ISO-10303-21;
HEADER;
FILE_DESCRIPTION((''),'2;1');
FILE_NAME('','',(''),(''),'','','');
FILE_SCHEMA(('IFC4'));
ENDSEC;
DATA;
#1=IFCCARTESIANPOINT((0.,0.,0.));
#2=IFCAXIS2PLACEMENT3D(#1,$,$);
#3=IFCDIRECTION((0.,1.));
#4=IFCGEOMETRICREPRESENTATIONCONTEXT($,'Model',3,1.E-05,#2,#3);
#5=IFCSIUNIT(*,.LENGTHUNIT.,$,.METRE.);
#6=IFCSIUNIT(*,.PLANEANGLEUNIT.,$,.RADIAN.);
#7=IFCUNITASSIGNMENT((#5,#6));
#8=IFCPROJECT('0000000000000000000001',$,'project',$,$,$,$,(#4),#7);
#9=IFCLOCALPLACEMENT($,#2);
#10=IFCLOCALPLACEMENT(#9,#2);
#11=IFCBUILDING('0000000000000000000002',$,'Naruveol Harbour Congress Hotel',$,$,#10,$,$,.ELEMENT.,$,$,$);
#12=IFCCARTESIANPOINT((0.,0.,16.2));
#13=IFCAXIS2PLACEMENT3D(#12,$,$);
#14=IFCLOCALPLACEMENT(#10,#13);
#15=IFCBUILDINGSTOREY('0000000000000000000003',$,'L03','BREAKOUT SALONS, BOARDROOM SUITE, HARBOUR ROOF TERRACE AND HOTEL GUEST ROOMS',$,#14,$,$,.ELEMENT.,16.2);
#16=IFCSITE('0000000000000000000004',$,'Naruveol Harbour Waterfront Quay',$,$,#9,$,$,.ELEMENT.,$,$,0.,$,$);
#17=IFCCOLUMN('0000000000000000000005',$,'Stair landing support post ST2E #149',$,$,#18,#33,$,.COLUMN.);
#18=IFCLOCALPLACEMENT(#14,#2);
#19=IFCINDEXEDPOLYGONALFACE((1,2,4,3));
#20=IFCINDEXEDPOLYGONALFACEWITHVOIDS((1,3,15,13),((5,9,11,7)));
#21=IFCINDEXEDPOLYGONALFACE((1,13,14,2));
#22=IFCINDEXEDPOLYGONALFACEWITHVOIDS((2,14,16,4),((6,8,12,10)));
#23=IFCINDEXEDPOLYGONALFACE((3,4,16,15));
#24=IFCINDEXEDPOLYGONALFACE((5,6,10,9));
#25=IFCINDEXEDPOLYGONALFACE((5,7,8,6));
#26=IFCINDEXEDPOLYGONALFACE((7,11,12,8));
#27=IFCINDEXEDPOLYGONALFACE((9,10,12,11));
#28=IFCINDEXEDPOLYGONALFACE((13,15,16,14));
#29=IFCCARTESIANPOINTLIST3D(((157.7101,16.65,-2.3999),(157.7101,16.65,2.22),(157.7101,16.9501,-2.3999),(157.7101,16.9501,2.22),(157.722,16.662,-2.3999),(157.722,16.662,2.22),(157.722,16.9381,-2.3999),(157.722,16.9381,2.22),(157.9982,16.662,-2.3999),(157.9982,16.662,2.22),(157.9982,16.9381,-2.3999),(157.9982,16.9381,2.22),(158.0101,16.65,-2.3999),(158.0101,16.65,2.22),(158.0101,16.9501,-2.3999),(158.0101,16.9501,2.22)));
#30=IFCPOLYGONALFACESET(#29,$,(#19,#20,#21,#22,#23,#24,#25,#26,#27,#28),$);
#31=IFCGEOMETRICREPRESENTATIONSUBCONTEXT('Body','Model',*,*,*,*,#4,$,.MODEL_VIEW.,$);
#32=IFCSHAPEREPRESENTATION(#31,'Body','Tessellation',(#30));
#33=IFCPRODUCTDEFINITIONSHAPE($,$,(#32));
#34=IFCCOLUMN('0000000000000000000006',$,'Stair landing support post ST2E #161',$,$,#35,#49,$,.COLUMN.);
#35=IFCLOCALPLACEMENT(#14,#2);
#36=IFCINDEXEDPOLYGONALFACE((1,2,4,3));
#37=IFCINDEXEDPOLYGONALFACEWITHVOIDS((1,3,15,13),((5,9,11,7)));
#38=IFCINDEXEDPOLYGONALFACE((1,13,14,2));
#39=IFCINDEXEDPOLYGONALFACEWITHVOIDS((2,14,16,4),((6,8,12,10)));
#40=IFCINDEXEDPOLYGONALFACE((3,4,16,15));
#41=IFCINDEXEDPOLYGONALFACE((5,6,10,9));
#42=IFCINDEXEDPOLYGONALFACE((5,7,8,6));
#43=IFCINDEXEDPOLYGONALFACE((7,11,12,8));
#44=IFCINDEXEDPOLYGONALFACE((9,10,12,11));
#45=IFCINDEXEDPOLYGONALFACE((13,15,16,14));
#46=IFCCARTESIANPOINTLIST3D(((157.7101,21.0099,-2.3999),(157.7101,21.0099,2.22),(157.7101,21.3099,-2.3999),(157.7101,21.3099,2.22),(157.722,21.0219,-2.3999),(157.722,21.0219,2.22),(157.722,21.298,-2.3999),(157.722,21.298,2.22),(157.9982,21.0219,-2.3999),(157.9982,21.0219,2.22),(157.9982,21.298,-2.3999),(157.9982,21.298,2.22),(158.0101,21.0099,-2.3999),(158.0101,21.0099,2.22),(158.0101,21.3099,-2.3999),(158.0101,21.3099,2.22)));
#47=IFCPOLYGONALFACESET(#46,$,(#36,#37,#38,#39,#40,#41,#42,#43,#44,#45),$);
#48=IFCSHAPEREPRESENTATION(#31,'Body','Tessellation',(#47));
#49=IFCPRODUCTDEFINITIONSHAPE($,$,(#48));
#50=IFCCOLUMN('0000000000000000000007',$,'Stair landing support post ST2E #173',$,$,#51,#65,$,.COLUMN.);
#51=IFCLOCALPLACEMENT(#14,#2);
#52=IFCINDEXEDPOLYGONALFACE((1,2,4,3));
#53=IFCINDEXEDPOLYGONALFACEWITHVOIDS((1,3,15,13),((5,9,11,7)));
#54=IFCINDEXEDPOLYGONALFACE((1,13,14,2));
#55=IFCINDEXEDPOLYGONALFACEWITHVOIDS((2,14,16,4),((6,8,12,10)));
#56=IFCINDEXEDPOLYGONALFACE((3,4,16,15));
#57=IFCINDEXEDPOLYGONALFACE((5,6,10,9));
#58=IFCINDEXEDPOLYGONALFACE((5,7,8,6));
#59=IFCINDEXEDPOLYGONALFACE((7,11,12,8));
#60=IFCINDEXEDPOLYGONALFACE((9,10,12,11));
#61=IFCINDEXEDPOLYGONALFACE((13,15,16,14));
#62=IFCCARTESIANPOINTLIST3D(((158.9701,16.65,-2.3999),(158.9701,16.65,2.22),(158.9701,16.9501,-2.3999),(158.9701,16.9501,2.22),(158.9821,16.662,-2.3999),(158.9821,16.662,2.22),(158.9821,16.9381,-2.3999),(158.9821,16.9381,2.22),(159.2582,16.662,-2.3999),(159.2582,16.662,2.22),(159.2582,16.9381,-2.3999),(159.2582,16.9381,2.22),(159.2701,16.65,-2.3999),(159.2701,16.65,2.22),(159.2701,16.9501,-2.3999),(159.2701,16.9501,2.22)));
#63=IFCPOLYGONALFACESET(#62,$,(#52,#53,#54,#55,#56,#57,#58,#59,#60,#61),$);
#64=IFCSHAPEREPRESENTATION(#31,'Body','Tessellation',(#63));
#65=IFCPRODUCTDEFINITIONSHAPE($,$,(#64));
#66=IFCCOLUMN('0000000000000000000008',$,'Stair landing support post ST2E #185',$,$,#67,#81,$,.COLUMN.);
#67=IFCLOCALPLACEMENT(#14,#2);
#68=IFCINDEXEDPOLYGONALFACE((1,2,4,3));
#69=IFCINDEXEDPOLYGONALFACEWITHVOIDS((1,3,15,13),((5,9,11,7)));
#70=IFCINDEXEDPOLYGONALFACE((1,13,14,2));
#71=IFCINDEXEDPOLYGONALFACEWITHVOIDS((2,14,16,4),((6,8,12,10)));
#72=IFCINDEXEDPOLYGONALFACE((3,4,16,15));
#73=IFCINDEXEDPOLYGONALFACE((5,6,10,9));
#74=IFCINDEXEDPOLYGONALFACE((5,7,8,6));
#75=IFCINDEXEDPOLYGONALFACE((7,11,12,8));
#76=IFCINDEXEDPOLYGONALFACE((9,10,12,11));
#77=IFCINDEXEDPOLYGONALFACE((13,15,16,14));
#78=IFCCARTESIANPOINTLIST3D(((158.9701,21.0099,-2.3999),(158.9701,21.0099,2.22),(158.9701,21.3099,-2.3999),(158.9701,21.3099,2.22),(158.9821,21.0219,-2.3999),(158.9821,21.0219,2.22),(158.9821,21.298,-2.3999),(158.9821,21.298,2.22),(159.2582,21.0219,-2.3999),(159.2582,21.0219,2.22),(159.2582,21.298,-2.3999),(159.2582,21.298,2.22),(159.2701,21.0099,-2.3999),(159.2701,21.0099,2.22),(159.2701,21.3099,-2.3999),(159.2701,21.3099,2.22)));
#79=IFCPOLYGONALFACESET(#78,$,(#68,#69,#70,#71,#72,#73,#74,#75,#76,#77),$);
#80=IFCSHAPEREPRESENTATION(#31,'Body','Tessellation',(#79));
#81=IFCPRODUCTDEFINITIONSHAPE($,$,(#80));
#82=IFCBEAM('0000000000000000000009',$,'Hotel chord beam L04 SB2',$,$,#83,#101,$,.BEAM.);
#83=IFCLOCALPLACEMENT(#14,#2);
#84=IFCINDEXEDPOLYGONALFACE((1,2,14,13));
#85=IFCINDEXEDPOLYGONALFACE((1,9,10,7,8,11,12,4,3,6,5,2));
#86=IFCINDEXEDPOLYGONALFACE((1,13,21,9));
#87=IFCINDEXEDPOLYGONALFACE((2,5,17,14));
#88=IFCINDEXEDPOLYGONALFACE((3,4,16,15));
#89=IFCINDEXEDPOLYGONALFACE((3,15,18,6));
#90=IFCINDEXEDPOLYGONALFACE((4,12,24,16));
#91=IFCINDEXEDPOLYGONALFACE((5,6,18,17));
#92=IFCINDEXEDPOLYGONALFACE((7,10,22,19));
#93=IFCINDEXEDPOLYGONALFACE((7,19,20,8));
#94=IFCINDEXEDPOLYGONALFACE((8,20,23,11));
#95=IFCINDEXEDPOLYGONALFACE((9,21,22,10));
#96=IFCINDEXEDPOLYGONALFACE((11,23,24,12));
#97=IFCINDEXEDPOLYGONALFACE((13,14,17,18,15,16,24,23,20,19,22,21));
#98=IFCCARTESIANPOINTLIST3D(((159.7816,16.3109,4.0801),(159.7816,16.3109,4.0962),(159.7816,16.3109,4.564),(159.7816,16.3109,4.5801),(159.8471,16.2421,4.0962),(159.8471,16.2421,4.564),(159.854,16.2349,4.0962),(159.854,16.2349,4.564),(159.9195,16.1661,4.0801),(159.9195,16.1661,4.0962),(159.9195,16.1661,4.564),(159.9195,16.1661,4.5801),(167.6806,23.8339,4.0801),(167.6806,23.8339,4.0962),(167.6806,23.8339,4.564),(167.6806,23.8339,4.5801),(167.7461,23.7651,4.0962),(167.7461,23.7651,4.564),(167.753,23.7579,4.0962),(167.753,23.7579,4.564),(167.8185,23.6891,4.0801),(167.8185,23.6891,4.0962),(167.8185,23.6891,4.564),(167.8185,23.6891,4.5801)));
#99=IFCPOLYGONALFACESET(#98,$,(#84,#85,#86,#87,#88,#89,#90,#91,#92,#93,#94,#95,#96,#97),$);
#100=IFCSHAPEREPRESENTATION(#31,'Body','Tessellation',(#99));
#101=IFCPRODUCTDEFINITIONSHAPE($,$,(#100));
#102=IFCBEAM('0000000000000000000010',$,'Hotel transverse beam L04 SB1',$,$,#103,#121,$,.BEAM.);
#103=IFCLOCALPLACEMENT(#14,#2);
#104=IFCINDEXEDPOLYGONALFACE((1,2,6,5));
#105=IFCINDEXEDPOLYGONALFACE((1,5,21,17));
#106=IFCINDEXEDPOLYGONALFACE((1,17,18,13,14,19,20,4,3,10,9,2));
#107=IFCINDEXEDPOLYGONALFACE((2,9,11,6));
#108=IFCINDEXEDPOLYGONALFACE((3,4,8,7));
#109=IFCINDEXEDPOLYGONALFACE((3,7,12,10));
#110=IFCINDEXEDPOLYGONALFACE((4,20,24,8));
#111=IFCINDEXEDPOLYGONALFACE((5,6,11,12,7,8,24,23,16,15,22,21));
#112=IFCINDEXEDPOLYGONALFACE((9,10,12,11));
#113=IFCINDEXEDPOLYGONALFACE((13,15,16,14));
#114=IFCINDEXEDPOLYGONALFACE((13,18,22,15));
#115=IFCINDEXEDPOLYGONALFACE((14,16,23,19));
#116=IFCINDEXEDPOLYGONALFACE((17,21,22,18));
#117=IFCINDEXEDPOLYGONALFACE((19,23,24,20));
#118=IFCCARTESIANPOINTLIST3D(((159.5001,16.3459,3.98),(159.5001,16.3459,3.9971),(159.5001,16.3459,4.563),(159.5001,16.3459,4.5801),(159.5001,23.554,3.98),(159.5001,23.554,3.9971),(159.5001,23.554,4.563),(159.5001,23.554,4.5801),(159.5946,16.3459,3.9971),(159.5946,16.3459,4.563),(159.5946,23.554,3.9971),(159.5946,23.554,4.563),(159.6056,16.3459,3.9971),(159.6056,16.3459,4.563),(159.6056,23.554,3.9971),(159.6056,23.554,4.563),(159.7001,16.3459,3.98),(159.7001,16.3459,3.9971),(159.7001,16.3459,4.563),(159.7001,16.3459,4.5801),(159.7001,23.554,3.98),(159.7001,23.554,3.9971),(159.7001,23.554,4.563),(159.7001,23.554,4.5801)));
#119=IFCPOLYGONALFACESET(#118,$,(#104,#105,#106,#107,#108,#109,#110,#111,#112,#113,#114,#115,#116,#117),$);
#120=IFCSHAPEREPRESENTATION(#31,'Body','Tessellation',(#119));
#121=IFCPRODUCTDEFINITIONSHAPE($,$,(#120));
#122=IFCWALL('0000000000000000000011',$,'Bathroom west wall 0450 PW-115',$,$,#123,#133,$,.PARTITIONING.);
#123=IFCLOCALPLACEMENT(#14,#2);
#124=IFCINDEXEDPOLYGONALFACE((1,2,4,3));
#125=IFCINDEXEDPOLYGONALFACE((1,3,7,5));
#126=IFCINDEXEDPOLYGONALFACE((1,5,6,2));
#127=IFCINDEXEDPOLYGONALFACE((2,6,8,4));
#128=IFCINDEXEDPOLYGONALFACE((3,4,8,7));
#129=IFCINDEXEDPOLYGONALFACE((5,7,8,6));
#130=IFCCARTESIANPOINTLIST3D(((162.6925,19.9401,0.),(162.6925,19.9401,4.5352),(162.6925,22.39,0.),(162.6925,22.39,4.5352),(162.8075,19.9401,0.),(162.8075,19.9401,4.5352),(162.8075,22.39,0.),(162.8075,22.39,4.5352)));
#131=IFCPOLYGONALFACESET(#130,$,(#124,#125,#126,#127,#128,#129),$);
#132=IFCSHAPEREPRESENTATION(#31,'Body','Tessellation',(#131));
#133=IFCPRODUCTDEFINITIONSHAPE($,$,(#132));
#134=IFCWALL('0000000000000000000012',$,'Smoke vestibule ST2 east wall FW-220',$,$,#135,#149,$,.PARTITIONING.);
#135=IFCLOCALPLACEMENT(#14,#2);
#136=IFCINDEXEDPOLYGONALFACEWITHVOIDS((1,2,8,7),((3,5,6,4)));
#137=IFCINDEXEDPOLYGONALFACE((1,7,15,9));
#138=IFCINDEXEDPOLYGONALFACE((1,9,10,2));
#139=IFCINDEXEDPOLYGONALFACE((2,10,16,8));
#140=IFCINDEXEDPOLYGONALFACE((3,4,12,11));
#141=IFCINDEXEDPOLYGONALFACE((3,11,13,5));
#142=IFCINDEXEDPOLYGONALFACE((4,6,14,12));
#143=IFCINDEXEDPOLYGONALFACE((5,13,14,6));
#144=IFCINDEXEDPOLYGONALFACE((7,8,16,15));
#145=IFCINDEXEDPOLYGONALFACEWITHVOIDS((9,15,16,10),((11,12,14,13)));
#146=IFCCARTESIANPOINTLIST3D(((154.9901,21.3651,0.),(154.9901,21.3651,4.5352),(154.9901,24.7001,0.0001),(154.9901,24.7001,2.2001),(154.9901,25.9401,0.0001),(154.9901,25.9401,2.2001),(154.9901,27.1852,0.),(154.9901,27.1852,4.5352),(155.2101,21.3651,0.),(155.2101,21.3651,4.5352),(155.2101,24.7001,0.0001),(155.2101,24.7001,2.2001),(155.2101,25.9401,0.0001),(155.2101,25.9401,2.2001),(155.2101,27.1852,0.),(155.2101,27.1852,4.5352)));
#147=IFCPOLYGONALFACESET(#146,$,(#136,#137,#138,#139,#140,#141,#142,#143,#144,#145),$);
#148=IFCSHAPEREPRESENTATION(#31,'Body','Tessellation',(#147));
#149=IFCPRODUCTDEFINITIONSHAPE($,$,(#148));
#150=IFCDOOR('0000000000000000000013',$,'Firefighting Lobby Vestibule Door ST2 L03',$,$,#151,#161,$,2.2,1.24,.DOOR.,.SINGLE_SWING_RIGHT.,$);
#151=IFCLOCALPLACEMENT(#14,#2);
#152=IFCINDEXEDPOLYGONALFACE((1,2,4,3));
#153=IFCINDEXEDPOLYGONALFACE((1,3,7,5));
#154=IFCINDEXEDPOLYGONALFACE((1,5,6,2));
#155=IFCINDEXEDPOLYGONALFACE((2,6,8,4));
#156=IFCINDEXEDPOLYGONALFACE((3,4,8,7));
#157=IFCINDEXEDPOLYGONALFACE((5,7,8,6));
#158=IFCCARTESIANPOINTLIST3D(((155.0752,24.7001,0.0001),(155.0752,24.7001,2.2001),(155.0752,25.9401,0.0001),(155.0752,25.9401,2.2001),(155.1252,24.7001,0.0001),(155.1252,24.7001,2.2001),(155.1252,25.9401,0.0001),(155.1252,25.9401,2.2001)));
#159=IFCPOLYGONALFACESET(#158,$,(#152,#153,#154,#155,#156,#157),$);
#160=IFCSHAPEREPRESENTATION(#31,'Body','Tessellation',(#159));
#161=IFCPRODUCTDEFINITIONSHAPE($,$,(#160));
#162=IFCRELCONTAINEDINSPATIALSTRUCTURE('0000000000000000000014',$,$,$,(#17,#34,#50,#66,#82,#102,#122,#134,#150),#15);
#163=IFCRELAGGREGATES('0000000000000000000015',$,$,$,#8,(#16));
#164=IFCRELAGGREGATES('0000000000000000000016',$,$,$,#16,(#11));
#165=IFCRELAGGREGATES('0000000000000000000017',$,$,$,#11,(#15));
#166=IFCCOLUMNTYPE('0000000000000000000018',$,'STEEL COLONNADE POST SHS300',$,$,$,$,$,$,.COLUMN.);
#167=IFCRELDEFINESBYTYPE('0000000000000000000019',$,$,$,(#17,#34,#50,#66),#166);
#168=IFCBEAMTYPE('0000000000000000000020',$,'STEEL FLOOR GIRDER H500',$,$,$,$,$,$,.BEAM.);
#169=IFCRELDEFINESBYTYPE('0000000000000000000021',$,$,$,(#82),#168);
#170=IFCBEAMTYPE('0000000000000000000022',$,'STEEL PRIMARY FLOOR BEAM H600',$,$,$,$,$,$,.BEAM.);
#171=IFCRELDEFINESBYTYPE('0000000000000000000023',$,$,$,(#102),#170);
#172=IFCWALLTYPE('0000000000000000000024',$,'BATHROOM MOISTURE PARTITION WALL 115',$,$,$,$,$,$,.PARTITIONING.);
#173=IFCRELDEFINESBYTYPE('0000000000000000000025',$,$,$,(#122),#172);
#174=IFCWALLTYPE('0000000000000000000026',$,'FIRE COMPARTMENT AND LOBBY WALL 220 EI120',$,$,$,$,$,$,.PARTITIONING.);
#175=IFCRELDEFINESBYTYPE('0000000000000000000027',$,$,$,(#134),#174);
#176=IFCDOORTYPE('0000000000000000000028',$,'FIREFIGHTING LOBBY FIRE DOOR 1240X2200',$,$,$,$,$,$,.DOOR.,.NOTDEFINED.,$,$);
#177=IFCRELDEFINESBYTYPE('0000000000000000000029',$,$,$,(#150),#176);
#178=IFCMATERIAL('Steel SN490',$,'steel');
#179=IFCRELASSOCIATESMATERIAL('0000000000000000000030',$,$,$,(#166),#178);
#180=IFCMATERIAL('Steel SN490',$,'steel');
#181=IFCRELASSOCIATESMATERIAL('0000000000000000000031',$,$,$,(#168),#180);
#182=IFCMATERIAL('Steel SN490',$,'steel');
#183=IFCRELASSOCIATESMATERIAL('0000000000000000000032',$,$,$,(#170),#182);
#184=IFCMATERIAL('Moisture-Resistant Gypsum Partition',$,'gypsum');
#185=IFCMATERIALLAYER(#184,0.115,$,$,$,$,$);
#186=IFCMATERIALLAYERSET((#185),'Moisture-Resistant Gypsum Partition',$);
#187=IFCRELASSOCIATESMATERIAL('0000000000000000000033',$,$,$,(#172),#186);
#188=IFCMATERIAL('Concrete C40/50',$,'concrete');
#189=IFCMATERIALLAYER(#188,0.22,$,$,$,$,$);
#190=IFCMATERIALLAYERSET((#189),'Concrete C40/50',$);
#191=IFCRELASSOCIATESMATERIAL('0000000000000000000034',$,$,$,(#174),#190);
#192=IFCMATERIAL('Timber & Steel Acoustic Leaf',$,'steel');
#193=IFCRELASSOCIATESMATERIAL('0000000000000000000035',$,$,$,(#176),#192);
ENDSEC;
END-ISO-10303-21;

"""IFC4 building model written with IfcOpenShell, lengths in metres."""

from ifc_helpers import new_model, si_unit, direction, frame, frame_2d, origin, origin_2d, place, context, subcontext, project, spatial, rectangle, hollow_rectangle, i_section, extrude, material, layer, layer_set, material_profile, profile_set, type_object, element, fill, save


model = new_model("IFC4")

# Units and contexts
model_context = context("Model", 3, precision=1e-05, world=origin(), true_north=direction((0.0, 1.0)))
body_context = subcontext(model_context, "Body", "Model", "MODEL_VIEW")
ifc_project = project(units=[si_unit("LENGTHUNIT", "METRE"), si_unit("PLANEANGLEUNIT", "RADIAN")], contexts=[model_context])

# Site, building, storey
site_placement = place(None, origin())
site = spatial("IfcSite", under=ifc_project, at=site_placement, Name="Naruveol Harbour Waterfront Quay", CompositionType="ELEMENT", RefElevation=0.0)
building_placement = place(site_placement, origin())
building = spatial("IfcBuilding", under=site, at=building_placement, Name="Naruveol Harbour Congress Hotel", CompositionType="ELEMENT")
storey_placement = place(building_placement, frame((0.0, 0.0, 16.2)))
storey = spatial("IfcBuildingStorey", under=building, at=storey_placement, Name="L03", Description="BREAKOUT SALONS, BOARDROOM SUITE, HARBOUR ROOF TERRACE AND HOTEL GUEST ROOMS", CompositionType="ELEMENT", Elevation=16.2)

# Columns
ifc_material_1 = material(Name="Steel SN490", Category="steel")
ifc_material_profile_1 = material_profile(ifc_material_1, hollow_rectangle(XDim=0.3, YDim=0.3, WallThickness=0.012, at=origin_2d()), Name="SHS-300x300x12")
ifc_profile_set_1 = profile_set([ifc_material_profile_1], Name="Steel SN490")
column_type = type_object("IfcColumnType", Name="STEEL COLONNADE POST SHS300", PredefinedType="COLUMN", material=ifc_profile_set_1)
for number, where, z_axis, x_axis, name in (
    (1, (157.8601, 16.8, -2.3999), (0.0, 0.0, 1.0), (1.0, 0.0, 0.0), "Stair landing support post ST2E #149"),
    (2, (157.8601, 21.1599, -2.3999), (0.0, 0.0, 1.0), (1.0, 0.0, 0.0), "Stair landing support post ST2E #161"),
    (3, (159.1201, 16.8, -2.3999), (0.0, 0.0, 1.0), (1.0, 0.0, 0.0), "Stair landing support post ST2E #173"),
    (4, (159.1201, 21.1599, -2.3999), (0.0, 0.0, 1.0), (1.0, 0.0, 0.0), "Stair landing support post ST2E #185"),
):
    element("IfcColumn", number, at=place(storey_placement, frame(where, z_axis=z_axis, x_axis=x_axis)), inside=storey, type_object=column_type, Name=name, PredefinedType="COLUMN", context=body_context, shape_type="SweptSolid", body=[
        extrude(hollow_rectangle(XDim=0.3, YDim=0.3, WallThickness=0.012, at=origin_2d()), origin(), (0.0, 0.0, 1.0), 4.6199),
    ])

# Beams
ifc_material_2 = material(Name="Steel SN490", Category="steel")
ifc_material_profile_2 = material_profile(ifc_material_2, i_section(OverallWidth=0.2, OverallDepth=0.5, WebThickness=0.01, FlangeThickness=0.0161, at=origin_2d()), Name="H-500x200x10x16")
ifc_profile_set_2 = profile_set([ifc_material_profile_2], Name="Steel SN490")
beam_type_1 = type_object("IfcBeamType", Name="STEEL FLOOR GIRDER H500", PredefinedType="BEAM", material=ifc_profile_set_2)
beam_1_placement = place(storey_placement, frame((159.8506, 16.2385, 4.3301), z_axis=(0.72413, 0.689663, 0.0), x_axis=(-0.689663, 0.72413, 0.0)))
element("IfcBeam", 5, at=beam_1_placement, inside=storey, type_object=beam_type_1, Name="Hotel chord beam L04 SB2", PredefinedType="BEAM", context=body_context, shape_type="SweptSolid", body=[
    extrude(i_section(OverallWidth=0.2, OverallDepth=0.5, WebThickness=0.01, FlangeThickness=0.0161, at=origin_2d()), origin(), (0.0, 0.0, 1.0), 10.9082),
])
ifc_material_3 = material(Name="Steel SN490", Category="steel")
ifc_material_profile_3 = material_profile(ifc_material_3, i_section(OverallWidth=0.2, OverallDepth=0.6001, WebThickness=0.011, FlangeThickness=0.0171, at=origin_2d()), Name="H-600x200x11x17")
ifc_profile_set_3 = profile_set([ifc_material_profile_3], Name="Steel SN490")
beam_type_2 = type_object("IfcBeamType", Name="STEEL PRIMARY FLOOR BEAM H600", PredefinedType="BEAM", material=ifc_profile_set_3)
beam_2_placement = place(storey_placement, frame((159.6001, 16.3459, 4.28), z_axis=(0.0, 1.0, 0.0), x_axis=(-1.0, 0.0, 0.0)))
element("IfcBeam", 6, at=beam_2_placement, inside=storey, type_object=beam_type_2, Name="Hotel transverse beam L04 SB1", PredefinedType="BEAM", context=body_context, shape_type="SweptSolid", body=[
    extrude(i_section(OverallWidth=0.2, OverallDepth=0.6001, WebThickness=0.011, FlangeThickness=0.0171, at=origin_2d()), origin(), (0.0, 0.0, 1.0), 7.208),
])

# Wall
ifc_material_4 = material(Name="Moisture-Resistant Gypsum Partition", Category="gypsum")
ifc_layer_1 = layer(ifc_material_4, 0.115)
ifc_layer_set_1 = layer_set([ifc_layer_1], Name="Moisture-Resistant Gypsum Partition")
wall_type_1 = type_object("IfcWallType", Name="BATHROOM MOISTURE PARTITION WALL 115", PredefinedType="PARTITIONING", material=ifc_layer_set_1)
wall_1_placement = place(storey_placement, frame((162.75, 19.9399, 0.0), z_axis=(0.0, 0.0, 1.0), x_axis=(0.0, 1.0, 0.0)))
element("IfcWall", 7, at=wall_1_placement, inside=storey, type_object=wall_type_1, Name="Bathroom west wall 0450 PW-115", PredefinedType="PARTITIONING", context=body_context, shape_type="SweptSolid", body=[
    extrude(rectangle(XDim=2.45, YDim=0.115, at=frame_2d((1.2251, 0.0))), origin(), (0.0, 0.0, 1.0), 4.5352),
])

# Wall, opening, door
ifc_material_5 = material(Name="Concrete C40/50", Category="concrete")
ifc_layer_2 = layer(ifc_material_5, 0.22)
ifc_layer_set_2 = layer_set([ifc_layer_2], Name="Concrete C40/50")
wall_type_2 = type_object("IfcWallType", Name="FIRE COMPARTMENT AND LOBBY WALL 220 EI120", PredefinedType="PARTITIONING", material=ifc_layer_set_2)
wall_2_placement = place(storey_placement, frame((155.1001, 21.365, 0.0), z_axis=(0.0, 0.0, 1.0), x_axis=(0.0, 1.0, 0.0)))
wall_2 = element("IfcWall", 8, at=wall_2_placement, inside=storey, type_object=wall_type_2, Name="Smoke vestibule ST2 east wall FW-220", PredefinedType="PARTITIONING", context=body_context, shape_type="SweptSolid", body=[
    extrude(rectangle(XDim=5.8201, YDim=0.22, at=frame_2d((2.9102, 0.0))), origin(), (0.0, 0.0, 1.0), 4.5352),
])
opening_1_placement = place(wall_2_placement, frame((3.335, 0.0, 0.0)))
opening_1 = element("IfcOpeningElement", 9, at=opening_1_placement, cuts=wall_2, PredefinedType="OPENING", context=body_context, shape_type="SweptSolid", body=[
    extrude(rectangle(XDim=1.24, YDim=2.2, at=frame_2d((0.6201, 1.1001))), frame((0.0, 0.1199, 0.0), z_axis=(0.0, -1.0, 0.0), x_axis=(1.0, 0.0, 0.0)), (0.0, 0.0, 1.0), 0.24),
])
ifc_material_6 = material(Name="Timber & Steel Acoustic Leaf", Category="steel")
door_type_1 = type_object("IfcDoorType", Name="FIREFIGHTING LOBBY FIRE DOOR 1240X2200", OperationType="NOTDEFINED", PredefinedType="DOOR", material=ifc_material_6)
door_1_placement = place(opening_1_placement, origin())
door_1 = element("IfcDoor", 10, at=door_1_placement, inside=storey, type_object=door_type_1, Name="Firefighting Lobby Vestibule Door ST2 L03", OperationType="SINGLE_SWING_RIGHT", OverallHeight=2.2, OverallWidth=1.24, PredefinedType="DOOR", context=body_context, shape_type="SweptSolid", body=[
    extrude(rectangle(XDim=1.24, YDim=2.2, at=frame_2d((0.6201, 1.1001))), frame((0.0, 0.0249, 0.0), z_axis=(0.0, -1.0, 0.0), x_axis=(1.0, 0.0, 0.0)), (0.0, 0.0, 1.0), 0.05),
])
fill(opening_1, door_1)

save(model, "model.ifc")
